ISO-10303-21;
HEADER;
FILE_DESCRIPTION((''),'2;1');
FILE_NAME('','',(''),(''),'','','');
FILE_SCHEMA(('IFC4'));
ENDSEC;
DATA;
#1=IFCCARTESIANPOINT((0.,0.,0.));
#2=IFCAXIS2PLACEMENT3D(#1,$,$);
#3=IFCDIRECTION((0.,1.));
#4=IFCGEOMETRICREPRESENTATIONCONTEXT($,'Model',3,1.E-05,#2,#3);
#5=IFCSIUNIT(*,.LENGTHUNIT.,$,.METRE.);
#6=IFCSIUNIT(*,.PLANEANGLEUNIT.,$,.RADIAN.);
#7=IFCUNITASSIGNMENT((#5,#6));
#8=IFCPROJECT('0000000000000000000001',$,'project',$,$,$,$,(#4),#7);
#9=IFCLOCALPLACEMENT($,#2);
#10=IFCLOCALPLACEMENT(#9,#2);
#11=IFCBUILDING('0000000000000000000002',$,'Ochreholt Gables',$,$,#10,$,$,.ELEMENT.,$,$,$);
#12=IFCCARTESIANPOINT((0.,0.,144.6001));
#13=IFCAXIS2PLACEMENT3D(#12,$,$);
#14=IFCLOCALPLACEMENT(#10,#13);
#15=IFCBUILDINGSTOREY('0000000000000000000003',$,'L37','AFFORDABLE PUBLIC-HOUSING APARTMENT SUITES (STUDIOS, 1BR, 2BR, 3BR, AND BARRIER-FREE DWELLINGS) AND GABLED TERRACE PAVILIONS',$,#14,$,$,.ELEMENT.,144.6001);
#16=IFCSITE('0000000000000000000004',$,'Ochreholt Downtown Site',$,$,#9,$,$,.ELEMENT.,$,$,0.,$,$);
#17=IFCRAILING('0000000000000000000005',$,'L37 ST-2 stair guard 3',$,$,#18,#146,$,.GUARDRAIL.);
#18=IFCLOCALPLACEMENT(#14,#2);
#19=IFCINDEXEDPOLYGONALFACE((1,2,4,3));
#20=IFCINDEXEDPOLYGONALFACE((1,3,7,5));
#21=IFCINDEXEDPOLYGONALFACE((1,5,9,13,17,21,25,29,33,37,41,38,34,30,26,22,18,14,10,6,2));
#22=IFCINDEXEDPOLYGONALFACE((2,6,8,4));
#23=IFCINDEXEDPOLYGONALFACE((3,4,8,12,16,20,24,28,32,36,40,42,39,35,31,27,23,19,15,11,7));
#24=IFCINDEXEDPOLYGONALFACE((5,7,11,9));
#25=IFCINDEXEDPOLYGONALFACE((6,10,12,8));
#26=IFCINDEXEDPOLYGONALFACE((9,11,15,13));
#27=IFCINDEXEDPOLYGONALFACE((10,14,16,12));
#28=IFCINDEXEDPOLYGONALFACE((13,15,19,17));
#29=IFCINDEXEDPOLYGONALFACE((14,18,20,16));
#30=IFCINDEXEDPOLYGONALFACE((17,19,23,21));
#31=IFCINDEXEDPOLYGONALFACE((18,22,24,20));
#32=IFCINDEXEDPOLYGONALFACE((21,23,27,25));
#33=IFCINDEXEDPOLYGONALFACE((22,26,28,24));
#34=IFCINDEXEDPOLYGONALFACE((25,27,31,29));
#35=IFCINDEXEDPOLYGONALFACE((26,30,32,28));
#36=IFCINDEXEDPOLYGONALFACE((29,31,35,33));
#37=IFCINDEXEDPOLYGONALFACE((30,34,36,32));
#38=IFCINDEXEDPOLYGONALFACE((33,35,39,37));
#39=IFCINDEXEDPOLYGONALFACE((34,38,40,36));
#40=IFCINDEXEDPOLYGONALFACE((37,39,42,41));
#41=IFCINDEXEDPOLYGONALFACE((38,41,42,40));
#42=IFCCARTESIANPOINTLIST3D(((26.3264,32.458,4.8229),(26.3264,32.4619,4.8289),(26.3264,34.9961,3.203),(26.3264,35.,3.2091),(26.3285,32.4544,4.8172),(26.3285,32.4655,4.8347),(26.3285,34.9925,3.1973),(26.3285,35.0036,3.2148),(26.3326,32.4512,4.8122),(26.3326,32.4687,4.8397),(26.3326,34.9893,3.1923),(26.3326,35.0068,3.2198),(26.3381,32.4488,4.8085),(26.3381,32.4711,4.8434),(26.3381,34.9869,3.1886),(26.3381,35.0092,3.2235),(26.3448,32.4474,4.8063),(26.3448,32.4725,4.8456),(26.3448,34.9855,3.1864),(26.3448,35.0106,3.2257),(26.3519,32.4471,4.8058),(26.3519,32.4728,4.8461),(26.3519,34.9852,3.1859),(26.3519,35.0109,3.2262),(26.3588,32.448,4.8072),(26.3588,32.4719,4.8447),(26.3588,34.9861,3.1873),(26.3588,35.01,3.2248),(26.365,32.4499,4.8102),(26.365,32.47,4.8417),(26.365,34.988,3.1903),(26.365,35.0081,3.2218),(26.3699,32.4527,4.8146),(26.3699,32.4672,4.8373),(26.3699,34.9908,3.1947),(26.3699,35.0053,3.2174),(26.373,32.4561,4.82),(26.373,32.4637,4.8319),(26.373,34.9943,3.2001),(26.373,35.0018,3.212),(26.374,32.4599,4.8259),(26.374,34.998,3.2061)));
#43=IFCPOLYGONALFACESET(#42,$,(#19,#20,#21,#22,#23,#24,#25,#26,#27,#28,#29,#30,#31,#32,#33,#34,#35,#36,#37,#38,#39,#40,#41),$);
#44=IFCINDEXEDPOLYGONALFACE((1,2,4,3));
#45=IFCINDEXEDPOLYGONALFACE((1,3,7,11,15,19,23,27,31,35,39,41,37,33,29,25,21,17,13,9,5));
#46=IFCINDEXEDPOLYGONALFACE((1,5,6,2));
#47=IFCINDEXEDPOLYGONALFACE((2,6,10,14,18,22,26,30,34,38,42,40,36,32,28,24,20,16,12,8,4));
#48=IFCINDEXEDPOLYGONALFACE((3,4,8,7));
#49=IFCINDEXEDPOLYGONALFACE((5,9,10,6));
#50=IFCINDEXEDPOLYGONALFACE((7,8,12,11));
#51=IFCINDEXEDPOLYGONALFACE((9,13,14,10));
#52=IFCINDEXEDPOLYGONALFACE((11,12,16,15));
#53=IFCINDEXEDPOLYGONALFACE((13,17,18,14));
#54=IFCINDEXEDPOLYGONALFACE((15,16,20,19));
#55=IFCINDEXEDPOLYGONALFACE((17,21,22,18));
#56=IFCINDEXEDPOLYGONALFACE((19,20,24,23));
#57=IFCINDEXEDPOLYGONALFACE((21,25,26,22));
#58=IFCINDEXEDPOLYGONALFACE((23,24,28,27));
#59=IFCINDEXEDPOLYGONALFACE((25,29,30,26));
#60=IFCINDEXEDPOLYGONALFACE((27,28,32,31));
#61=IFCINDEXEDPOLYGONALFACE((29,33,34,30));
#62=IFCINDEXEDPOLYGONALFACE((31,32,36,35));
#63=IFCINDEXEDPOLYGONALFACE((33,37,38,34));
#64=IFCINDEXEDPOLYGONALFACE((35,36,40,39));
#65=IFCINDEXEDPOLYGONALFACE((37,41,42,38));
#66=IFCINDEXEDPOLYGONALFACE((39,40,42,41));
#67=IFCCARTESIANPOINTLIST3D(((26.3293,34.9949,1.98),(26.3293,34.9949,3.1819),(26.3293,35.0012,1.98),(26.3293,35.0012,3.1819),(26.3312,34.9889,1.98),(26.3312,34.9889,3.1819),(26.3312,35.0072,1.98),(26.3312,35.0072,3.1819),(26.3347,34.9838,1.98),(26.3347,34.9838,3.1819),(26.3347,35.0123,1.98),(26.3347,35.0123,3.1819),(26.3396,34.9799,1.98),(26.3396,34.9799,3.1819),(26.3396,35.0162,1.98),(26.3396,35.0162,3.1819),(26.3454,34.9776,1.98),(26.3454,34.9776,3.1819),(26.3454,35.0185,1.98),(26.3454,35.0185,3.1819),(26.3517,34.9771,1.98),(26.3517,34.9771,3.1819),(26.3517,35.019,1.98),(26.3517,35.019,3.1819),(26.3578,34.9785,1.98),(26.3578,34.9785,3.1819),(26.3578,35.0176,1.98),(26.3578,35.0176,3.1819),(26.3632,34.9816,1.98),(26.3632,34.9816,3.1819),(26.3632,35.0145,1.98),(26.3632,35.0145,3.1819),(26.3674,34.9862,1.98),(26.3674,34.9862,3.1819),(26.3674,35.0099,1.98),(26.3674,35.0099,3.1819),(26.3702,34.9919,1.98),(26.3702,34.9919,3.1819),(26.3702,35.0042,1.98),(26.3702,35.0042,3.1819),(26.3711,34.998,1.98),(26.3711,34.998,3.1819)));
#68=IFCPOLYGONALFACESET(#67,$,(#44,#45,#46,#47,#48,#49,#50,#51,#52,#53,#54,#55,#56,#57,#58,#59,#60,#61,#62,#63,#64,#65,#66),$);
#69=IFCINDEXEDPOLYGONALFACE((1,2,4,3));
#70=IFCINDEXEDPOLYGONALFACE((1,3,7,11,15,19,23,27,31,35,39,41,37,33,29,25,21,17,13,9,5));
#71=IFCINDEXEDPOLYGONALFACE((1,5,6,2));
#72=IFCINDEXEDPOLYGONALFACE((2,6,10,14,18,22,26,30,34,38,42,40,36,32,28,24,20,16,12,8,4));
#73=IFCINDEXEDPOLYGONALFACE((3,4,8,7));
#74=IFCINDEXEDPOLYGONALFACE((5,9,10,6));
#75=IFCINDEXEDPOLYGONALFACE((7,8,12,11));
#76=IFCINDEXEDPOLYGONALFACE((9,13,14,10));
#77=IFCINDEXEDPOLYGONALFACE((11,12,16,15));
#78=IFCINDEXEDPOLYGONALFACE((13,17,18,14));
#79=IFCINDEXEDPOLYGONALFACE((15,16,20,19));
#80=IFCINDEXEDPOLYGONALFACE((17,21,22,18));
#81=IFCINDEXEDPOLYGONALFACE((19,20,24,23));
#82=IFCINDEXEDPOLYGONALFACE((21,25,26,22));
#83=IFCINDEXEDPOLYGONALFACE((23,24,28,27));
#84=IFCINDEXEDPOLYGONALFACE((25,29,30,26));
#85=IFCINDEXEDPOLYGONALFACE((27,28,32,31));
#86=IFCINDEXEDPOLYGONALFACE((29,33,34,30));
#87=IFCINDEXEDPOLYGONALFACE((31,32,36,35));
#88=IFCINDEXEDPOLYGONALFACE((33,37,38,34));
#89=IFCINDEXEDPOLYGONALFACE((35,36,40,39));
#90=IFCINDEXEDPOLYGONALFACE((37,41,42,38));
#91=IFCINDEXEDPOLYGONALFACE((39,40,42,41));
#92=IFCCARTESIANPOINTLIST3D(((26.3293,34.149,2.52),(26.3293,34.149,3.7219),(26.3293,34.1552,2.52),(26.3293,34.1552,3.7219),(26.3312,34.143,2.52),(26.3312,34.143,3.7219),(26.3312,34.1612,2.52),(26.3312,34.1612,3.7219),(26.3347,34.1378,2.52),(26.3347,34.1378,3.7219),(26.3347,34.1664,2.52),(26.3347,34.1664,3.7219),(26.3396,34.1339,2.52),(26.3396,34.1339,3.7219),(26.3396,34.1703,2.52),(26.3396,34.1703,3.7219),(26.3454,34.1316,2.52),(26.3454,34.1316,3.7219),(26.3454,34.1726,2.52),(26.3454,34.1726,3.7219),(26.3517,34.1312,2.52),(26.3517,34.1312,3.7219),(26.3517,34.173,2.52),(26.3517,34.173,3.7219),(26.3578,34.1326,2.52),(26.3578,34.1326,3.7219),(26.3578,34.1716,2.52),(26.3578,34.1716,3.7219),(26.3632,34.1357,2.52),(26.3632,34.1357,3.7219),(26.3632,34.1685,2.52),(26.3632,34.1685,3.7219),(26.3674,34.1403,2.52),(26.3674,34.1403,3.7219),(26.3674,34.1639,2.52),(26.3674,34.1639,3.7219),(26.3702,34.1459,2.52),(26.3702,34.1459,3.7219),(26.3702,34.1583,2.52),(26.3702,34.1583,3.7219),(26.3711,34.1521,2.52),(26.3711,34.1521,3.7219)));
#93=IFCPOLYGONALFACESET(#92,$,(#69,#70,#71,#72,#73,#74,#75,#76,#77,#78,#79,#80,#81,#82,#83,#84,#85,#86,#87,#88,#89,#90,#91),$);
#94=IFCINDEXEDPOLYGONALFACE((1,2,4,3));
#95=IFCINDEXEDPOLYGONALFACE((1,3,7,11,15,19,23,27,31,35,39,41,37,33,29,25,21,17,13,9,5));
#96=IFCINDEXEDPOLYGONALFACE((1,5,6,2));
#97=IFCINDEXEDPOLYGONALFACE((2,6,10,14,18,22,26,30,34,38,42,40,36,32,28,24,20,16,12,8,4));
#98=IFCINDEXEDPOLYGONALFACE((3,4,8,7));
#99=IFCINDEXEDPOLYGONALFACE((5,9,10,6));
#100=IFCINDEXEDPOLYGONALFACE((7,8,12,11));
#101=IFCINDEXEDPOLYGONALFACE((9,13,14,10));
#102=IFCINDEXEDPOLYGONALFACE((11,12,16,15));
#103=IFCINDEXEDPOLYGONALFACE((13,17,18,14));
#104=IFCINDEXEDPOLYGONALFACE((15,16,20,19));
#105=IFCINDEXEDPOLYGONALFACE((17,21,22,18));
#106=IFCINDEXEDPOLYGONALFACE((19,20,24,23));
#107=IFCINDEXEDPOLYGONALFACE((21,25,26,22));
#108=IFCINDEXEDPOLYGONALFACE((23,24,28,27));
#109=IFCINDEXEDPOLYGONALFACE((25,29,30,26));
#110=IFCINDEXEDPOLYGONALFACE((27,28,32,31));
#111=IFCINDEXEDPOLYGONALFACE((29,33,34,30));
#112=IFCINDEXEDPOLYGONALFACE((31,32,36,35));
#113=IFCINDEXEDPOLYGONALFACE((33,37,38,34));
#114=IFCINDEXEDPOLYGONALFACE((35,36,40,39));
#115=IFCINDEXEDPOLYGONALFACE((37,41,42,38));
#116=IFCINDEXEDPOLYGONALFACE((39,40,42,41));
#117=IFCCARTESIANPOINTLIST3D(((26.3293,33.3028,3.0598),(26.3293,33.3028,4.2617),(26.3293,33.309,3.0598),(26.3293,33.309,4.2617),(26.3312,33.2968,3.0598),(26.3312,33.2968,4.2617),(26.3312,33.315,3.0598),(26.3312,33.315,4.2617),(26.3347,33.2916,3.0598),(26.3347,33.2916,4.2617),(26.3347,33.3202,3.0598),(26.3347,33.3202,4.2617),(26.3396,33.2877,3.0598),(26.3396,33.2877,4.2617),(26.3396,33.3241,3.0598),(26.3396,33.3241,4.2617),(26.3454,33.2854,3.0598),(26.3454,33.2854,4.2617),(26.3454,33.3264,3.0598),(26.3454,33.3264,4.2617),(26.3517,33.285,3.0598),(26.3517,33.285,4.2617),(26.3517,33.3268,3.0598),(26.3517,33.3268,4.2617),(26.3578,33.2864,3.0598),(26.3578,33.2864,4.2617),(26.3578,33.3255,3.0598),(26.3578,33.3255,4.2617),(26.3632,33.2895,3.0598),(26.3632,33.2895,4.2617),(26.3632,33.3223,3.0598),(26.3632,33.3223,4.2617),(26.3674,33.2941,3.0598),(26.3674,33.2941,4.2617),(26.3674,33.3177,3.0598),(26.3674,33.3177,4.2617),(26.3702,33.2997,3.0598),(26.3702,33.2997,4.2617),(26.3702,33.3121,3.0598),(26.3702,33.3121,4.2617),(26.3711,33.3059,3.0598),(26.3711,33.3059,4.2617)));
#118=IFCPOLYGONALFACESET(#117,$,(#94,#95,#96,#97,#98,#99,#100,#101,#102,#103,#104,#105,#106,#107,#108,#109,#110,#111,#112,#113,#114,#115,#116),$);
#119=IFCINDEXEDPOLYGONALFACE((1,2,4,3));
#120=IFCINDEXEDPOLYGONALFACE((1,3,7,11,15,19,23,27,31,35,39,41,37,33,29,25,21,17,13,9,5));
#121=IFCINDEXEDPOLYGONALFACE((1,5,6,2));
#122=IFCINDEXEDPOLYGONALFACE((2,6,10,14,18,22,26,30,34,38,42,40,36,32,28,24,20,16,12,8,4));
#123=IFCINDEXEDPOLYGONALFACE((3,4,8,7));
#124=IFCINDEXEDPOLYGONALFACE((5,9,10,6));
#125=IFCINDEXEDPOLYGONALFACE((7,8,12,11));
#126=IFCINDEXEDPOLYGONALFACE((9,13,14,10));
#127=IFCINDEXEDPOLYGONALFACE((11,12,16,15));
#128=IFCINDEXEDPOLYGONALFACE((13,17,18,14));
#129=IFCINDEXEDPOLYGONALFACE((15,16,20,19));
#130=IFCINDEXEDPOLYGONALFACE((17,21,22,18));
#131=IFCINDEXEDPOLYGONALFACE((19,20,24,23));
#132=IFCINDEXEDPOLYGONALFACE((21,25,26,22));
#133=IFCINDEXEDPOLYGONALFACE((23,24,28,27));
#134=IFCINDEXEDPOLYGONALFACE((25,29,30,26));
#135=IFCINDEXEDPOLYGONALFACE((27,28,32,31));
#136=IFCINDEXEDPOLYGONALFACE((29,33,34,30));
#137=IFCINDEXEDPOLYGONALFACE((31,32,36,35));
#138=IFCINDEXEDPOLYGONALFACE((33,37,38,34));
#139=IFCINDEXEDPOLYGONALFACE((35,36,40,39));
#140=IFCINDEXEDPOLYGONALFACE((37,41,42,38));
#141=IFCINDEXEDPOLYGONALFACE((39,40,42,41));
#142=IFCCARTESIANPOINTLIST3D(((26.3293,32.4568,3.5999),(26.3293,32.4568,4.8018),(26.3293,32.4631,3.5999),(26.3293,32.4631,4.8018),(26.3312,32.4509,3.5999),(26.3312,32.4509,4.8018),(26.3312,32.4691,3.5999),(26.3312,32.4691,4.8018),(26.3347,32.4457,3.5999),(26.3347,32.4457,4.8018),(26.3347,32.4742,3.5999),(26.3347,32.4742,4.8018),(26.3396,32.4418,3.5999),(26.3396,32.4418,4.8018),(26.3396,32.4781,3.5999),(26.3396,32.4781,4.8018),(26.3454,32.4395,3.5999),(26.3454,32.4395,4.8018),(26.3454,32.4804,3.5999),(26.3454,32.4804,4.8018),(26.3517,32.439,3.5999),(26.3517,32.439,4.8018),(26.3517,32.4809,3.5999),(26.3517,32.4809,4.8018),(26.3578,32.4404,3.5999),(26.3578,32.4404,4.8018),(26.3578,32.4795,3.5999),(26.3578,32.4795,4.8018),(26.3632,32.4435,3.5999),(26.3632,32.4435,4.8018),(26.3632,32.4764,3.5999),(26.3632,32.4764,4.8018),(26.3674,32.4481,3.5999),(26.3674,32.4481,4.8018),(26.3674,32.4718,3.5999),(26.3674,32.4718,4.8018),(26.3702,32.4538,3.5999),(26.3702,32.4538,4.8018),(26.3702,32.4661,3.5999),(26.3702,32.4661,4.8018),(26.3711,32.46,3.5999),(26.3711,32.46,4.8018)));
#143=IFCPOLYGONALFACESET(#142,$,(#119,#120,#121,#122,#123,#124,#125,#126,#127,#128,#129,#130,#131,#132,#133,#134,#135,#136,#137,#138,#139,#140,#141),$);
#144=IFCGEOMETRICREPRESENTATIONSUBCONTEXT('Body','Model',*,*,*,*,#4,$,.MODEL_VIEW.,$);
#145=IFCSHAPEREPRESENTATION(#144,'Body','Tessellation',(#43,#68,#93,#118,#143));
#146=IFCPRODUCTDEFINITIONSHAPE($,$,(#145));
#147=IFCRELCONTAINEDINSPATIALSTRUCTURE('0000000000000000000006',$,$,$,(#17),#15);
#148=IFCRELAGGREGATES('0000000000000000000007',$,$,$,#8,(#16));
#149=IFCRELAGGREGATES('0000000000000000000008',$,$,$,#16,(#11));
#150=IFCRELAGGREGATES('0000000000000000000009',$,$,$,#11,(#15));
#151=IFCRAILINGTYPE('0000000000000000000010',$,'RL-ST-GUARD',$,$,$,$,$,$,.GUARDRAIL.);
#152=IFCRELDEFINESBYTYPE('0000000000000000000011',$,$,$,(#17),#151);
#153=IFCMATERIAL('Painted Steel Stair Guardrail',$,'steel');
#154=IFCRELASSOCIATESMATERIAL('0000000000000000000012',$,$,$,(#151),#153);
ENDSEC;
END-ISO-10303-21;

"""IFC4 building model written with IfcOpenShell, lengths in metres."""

from ifc_helpers import new_model, si_unit, direction, frame, origin, origin_2d, place, context, subcontext, project, spatial, circle, extrude, material, type_object, element, save


model = new_model("IFC4")

# Units and contexts
model_context = context("Model", 3, precision=1e-05, world=origin(), true_north=direction((0.0, 1.0)))
body_context = subcontext(model_context, "Body", "Model", "MODEL_VIEW")
ifc_project = project(units=[si_unit("LENGTHUNIT", "METRE"), si_unit("PLANEANGLEUNIT", "RADIAN")], contexts=[model_context])

# Site, building, storey
site_placement = place(None, origin())
site = spatial("IfcSite", under=ifc_project, at=site_placement, Name="Ochreholt Downtown Site", CompositionType="ELEMENT", RefElevation=0.0)
building_placement = place(site_placement, origin())
building = spatial("IfcBuilding", under=site, at=building_placement, Name="Ochreholt Gables", CompositionType="ELEMENT")
storey_placement = place(building_placement, frame((0.0, 0.0, 144.6001)))
storey = spatial("IfcBuildingStorey", under=building, at=storey_placement, Name="L37", Description="AFFORDABLE PUBLIC-HOUSING APARTMENT SUITES (STUDIOS, 1BR, 2BR, 3BR, AND BARRIER-FREE DWELLINGS) AND GABLED TERRACE PAVILIONS", CompositionType="ELEMENT", Elevation=144.6001)

# Railing
ifc_material_1 = material(Name="Painted Steel Stair Guardrail", Category="steel")
railing_type_1 = type_object("IfcRailingType", Name="RL-ST-GUARD", PredefinedType="GUARDRAIL", material=ifc_material_1)
railing_1_placement = place(storey_placement, frame((26.3501, 34.998, 1.98)))
element("IfcRailing", 1, at=railing_1_placement, inside=storey, type_object=railing_type_1, Name="L37 ST-2 stair guard 3", PredefinedType="GUARDRAIL", context=body_context, shape_type="SweptSolid", body=[
    extrude(circle(Radius=0.0239, at=origin_2d()), frame((0.0, 0.0, 1.2261), z_axis=(0.0, -0.84295, 0.537993), x_axis=(1.0, 0.0, 0.0)), (0.0, 0.0, 1.0), 3.011),
    extrude(circle(Radius=0.021, at=origin_2d()), origin(), (0.0, 0.0, 1.0), 1.2019),
    extrude(circle(Radius=0.021, at=origin_2d()), frame((0.0, -0.8459, 0.54)), (0.0, 0.0, 1.0), 1.2019),
    extrude(circle(Radius=0.021, at=origin_2d()), frame((0.0, -1.6921, 1.0798)), (0.0, 0.0, 1.0), 1.2019),
    extrude(circle(Radius=0.021, at=origin_2d()), frame((0.0, -2.5381, 1.6199)), (0.0, 0.0, 1.0), 1.2019),
])

save(model, "model.ifc")
